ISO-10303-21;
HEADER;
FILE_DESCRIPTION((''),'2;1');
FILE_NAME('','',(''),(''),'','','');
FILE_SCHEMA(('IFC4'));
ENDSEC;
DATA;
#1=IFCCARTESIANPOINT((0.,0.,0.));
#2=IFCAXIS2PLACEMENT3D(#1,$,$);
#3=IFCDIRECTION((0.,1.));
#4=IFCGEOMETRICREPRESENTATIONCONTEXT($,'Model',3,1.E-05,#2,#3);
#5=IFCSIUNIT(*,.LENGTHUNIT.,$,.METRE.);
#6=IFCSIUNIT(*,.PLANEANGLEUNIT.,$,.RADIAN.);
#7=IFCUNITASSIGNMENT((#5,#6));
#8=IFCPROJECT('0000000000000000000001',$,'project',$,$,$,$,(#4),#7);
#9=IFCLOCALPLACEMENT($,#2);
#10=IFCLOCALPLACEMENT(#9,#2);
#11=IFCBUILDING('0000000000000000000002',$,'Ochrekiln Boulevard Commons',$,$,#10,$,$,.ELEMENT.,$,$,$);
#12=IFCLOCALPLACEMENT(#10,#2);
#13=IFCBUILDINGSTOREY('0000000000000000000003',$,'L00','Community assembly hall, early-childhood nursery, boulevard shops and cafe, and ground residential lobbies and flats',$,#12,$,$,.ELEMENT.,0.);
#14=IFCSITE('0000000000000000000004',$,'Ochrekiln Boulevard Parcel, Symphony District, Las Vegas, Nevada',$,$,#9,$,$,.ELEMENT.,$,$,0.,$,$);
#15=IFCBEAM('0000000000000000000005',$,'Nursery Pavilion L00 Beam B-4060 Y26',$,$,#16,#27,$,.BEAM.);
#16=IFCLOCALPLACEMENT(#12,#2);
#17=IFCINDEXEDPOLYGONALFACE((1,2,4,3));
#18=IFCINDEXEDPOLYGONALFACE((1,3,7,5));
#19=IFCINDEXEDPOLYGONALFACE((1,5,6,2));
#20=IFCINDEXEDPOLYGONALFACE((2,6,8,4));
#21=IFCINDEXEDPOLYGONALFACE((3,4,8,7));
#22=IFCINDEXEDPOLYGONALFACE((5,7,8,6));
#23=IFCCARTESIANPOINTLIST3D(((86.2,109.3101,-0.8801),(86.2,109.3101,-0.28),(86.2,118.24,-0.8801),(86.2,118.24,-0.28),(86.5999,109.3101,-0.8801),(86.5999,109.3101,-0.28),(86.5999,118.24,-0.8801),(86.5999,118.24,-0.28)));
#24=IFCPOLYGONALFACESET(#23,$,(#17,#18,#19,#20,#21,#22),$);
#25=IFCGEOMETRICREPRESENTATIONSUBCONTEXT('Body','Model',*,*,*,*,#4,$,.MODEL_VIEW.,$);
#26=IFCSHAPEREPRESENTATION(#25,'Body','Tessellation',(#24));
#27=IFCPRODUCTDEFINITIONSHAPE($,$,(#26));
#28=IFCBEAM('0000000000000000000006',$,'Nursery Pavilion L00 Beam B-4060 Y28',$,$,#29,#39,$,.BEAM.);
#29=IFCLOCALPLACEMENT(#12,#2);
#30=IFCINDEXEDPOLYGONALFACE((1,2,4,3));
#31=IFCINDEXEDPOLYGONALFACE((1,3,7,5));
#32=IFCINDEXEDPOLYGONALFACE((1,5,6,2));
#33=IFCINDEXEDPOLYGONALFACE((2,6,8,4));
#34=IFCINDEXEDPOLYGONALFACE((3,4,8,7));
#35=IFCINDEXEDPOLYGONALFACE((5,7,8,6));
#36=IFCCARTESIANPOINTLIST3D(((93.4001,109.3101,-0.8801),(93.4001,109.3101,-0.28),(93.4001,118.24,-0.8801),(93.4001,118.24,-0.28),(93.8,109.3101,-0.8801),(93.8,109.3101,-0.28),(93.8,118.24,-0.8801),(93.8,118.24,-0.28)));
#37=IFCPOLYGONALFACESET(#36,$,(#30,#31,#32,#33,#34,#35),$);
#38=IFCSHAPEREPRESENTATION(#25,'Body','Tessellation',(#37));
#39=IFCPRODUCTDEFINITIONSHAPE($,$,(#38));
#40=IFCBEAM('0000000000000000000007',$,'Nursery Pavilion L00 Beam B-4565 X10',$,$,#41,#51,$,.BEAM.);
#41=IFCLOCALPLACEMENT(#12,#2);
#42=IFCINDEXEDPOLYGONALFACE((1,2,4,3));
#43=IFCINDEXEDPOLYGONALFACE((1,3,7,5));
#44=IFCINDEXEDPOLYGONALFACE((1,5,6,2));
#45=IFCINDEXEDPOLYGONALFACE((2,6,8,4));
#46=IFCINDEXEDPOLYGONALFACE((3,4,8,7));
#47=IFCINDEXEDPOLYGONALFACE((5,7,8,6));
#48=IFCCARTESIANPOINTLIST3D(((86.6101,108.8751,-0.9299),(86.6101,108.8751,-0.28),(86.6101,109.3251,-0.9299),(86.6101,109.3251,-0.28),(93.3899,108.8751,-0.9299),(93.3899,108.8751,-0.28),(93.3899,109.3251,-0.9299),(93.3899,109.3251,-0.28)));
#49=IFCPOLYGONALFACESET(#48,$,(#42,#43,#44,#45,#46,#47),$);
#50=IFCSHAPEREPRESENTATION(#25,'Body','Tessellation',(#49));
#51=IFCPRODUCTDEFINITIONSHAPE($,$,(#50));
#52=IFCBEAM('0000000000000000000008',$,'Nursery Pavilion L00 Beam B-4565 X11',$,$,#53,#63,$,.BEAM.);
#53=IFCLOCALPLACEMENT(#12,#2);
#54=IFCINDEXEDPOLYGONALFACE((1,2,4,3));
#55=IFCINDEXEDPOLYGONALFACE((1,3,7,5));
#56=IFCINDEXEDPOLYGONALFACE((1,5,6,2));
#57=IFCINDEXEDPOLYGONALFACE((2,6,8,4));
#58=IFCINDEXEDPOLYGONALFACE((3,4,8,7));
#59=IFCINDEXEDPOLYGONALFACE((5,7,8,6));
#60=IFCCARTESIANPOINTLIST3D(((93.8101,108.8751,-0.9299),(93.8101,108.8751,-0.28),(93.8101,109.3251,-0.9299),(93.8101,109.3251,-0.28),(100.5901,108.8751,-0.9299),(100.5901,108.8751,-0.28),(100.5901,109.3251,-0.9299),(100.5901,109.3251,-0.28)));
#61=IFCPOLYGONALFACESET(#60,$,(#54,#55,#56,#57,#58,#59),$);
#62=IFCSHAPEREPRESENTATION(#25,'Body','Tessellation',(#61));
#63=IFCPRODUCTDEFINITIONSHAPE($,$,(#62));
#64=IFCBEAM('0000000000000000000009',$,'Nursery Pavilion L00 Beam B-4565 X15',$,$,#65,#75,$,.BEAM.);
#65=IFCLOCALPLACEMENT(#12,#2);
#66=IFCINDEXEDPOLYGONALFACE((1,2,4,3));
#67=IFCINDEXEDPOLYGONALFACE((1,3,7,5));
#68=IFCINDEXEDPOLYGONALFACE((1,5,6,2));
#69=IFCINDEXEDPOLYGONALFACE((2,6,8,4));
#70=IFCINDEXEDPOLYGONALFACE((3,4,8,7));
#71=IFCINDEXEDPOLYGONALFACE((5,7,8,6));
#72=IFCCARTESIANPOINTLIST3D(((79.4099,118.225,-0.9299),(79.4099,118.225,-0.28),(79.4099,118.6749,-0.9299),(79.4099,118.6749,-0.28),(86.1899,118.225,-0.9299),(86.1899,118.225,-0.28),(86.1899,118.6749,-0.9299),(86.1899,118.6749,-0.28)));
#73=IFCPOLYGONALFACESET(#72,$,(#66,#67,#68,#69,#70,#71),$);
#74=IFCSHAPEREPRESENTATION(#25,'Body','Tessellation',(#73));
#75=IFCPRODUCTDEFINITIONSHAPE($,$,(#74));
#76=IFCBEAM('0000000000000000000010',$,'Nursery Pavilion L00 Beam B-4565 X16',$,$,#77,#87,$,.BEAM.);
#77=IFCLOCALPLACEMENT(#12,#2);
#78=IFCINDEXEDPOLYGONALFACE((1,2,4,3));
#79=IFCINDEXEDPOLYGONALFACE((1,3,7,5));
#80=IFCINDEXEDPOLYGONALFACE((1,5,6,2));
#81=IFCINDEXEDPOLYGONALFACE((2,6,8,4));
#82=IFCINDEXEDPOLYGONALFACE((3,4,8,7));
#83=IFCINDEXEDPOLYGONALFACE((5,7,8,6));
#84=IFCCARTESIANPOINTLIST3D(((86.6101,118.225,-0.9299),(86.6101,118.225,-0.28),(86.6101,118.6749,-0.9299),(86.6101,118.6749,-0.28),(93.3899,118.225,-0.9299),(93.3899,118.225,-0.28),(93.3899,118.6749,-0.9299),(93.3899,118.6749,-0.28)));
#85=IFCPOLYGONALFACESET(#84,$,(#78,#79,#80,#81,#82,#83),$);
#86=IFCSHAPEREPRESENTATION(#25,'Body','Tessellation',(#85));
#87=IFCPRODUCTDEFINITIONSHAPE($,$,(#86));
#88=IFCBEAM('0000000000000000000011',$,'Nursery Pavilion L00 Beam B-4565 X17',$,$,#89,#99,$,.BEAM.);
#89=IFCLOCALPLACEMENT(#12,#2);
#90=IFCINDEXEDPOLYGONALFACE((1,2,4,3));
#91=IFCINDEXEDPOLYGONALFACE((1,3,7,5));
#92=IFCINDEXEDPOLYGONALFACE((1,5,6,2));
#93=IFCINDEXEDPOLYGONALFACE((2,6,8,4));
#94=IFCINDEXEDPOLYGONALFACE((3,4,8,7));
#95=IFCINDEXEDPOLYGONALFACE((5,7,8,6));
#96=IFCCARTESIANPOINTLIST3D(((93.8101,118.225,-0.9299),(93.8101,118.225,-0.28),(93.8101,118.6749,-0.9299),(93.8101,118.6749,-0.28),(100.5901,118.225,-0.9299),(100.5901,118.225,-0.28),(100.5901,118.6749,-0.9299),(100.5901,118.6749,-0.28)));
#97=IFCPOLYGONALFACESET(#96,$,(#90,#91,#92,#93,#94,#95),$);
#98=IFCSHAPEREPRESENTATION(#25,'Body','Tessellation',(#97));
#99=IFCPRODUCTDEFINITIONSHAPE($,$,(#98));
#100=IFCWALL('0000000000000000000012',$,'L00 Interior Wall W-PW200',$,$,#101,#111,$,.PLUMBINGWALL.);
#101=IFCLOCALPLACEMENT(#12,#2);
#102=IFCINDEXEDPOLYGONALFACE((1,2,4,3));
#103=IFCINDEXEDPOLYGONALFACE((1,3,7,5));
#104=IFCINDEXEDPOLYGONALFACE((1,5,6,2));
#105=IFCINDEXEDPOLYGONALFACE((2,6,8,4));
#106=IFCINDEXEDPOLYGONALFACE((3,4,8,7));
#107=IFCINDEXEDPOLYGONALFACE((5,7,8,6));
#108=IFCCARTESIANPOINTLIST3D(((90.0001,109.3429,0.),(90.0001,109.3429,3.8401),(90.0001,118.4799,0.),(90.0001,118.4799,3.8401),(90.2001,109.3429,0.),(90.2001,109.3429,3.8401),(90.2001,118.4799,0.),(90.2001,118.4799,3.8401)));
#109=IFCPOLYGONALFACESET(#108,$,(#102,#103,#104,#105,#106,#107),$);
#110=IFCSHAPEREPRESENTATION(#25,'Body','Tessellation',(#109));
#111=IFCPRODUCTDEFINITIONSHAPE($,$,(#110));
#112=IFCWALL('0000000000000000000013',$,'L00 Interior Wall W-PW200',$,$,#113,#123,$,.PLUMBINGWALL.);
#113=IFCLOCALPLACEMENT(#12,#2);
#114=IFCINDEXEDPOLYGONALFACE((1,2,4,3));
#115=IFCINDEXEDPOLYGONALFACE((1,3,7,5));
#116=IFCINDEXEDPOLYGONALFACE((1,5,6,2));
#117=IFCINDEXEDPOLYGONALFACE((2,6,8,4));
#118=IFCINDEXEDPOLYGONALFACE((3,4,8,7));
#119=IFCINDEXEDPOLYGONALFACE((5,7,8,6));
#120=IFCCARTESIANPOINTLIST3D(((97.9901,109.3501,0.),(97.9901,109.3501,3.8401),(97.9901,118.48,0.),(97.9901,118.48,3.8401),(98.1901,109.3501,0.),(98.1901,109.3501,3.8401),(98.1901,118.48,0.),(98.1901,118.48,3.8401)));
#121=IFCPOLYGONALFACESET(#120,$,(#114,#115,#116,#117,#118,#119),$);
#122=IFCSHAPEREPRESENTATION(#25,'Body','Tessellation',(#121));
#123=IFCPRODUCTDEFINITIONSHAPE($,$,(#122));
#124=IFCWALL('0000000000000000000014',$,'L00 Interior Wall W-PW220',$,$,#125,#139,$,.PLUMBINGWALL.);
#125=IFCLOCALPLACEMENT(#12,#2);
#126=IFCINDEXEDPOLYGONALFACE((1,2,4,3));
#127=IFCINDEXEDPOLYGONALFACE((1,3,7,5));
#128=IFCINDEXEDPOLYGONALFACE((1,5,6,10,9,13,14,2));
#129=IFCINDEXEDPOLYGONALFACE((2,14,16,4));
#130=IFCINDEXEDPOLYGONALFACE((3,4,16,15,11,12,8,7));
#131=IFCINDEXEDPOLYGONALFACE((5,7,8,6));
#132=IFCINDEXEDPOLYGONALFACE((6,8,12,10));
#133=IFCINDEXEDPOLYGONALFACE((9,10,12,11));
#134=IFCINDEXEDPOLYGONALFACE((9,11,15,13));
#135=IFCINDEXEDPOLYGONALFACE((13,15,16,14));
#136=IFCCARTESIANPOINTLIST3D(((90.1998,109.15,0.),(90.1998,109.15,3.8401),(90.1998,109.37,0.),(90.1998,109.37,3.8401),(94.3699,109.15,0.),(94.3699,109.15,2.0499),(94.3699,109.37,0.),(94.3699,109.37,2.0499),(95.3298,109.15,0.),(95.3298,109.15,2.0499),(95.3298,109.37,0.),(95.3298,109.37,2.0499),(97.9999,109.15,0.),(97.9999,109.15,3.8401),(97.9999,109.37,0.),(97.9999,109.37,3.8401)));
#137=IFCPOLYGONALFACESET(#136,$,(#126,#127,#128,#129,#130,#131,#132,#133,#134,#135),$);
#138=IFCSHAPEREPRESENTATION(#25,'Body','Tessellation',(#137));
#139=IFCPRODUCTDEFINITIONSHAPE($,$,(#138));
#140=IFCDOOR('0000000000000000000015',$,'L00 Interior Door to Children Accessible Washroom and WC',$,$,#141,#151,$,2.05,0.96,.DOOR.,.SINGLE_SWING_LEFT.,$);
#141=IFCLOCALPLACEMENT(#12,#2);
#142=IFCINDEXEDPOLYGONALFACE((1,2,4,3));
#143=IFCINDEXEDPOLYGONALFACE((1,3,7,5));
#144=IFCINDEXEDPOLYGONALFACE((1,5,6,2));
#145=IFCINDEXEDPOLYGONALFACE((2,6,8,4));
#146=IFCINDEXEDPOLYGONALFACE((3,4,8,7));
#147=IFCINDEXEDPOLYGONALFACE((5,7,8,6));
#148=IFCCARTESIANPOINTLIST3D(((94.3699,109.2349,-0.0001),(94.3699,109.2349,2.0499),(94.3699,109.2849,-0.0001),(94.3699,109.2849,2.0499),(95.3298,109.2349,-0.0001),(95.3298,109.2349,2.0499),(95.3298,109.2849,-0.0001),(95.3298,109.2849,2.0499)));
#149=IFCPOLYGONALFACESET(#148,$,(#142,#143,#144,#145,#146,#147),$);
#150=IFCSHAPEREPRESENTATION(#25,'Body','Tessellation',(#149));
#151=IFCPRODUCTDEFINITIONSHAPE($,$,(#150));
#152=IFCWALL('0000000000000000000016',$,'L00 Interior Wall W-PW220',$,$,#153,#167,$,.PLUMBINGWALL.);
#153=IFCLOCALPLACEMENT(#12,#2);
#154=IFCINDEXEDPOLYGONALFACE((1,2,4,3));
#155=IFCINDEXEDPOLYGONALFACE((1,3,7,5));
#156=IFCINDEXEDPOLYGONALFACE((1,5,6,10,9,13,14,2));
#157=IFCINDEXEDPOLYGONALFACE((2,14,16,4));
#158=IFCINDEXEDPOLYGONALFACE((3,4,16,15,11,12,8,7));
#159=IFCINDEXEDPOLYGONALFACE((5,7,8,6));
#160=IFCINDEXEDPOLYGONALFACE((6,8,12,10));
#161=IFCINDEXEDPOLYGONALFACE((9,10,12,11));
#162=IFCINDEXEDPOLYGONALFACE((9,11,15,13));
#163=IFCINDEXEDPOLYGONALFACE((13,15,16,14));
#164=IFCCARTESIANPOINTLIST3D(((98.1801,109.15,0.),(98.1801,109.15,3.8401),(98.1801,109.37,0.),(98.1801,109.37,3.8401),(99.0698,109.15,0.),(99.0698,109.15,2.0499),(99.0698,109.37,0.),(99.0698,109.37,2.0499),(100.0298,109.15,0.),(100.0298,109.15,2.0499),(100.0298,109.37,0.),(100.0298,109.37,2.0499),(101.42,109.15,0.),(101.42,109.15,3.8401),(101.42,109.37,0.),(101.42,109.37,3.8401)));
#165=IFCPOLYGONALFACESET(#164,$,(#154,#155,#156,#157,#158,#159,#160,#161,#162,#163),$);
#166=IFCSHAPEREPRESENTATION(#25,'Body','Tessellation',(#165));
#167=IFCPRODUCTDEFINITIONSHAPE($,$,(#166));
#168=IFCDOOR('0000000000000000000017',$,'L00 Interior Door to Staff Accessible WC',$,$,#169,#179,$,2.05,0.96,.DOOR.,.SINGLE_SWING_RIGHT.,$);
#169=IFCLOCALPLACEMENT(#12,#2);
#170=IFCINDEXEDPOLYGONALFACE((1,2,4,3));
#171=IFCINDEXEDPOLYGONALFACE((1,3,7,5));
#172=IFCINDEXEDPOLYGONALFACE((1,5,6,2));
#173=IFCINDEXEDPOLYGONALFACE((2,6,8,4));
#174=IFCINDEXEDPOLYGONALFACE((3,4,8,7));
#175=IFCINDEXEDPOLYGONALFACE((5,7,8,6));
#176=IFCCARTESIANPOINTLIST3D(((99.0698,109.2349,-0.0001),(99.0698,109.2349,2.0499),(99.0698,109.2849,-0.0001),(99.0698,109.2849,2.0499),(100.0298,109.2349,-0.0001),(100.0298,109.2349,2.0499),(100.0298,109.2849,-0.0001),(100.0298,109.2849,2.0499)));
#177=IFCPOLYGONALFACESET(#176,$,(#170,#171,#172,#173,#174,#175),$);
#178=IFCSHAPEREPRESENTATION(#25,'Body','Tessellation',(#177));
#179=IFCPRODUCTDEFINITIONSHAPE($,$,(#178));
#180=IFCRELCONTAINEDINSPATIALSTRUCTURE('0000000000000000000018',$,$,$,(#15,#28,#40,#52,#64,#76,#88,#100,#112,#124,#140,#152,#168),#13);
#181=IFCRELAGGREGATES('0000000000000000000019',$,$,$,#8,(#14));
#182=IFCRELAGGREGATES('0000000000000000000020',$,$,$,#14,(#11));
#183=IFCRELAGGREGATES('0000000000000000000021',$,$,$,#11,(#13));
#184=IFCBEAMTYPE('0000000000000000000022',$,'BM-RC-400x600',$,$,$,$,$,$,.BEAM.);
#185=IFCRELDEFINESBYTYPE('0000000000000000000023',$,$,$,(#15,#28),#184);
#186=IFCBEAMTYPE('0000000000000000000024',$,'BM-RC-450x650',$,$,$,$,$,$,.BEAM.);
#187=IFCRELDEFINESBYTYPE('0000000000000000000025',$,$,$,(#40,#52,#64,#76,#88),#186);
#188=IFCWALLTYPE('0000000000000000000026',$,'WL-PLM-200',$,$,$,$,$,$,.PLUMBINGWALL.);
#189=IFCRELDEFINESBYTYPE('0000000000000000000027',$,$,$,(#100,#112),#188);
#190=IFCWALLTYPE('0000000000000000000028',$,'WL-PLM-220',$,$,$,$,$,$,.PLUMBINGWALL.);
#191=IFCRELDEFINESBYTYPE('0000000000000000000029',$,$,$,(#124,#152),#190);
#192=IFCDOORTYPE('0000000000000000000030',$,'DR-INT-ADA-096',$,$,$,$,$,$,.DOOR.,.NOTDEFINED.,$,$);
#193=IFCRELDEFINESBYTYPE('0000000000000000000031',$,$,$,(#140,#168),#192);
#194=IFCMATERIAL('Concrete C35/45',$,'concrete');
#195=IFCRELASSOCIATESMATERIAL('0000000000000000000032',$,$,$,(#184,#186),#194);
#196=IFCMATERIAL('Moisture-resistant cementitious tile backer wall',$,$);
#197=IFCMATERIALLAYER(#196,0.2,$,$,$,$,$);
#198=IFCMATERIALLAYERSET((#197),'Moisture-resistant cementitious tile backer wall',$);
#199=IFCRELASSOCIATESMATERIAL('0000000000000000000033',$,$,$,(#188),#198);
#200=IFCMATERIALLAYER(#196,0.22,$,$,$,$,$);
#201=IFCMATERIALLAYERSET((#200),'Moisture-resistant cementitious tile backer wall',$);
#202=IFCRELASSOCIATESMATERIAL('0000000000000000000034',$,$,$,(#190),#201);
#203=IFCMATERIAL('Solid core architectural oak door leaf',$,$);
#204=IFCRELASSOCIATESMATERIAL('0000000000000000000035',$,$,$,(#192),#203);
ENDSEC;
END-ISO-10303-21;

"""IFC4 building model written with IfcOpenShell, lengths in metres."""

from ifc_helpers import new_model, si_unit, direction, frame, frame_2d, origin, origin_2d, place, context, subcontext, project, spatial, rectangle, extrude, material, layer, layer_set, material_profile, profile_set, type_object, element, fill, save


model = new_model("IFC4")

# Units and contexts
model_context = context("Model", 3, precision=1e-05, world=origin(), true_north=direction((0.0, 1.0)))
body_context = subcontext(model_context, "Body", "Model", "MODEL_VIEW")
ifc_project = project(units=[si_unit("LENGTHUNIT", "METRE"), si_unit("PLANEANGLEUNIT", "RADIAN")], contexts=[model_context])

# Site, building, storey
site_placement = place(None, origin())
site = spatial("IfcSite", under=ifc_project, at=site_placement, Name="Ochrekiln Boulevard Parcel, Symphony District, Las Vegas, Nevada", CompositionType="ELEMENT", RefElevation=0.0)
building_placement = place(site_placement, origin())
building = spatial("IfcBuilding", under=site, at=building_placement, Name="Ochrekiln Boulevard Commons", CompositionType="ELEMENT")
storey_placement = place(building_placement, origin())
storey = spatial("IfcBuildingStorey", under=building, at=storey_placement, Name="L00", Description="Community assembly hall, early-childhood nursery, boulevard shops and cafe, and ground residential lobbies and flats", CompositionType="ELEMENT", Elevation=0.0)

# Beams
ifc_material_1 = material(Name="Concrete C35/45", Category="concrete")
ifc_material_profile_1 = material_profile(ifc_material_1, rectangle(XDim=0.3999, YDim=0.6001, at=origin_2d()), Name="RC-BM-400x600")
ifc_profile_set_1 = profile_set([ifc_material_profile_1], Name="Concrete C35/45")
beam_type_1 = type_object("IfcBeamType", Name="BM-RC-400x600", PredefinedType="BEAM", material=ifc_profile_set_1)
for number, where, z_axis, x_axis, name in (
    (1, (86.3999, 109.3101, -0.5801), (0.0, 1.0, 0.0), (-1.0, 0.0, 0.0), "Nursery Pavilion L00 Beam B-4060 Y26"),
    (2, (93.6001, 109.3101, -0.5801), (0.0, 1.0, 0.0), (-1.0, 0.0, 0.0), "Nursery Pavilion L00 Beam B-4060 Y28"),
):
    element("IfcBeam", number, at=place(storey_placement, frame(where, z_axis=z_axis, x_axis=x_axis)), inside=storey, type_object=beam_type_1, Name=name, PredefinedType="BEAM", context=body_context, shape_type="SweptSolid", body=[
        extrude(rectangle(XDim=0.3999, YDim=0.6001, at=origin_2d()), origin(), (0.0, 0.0, 1.0), 8.9299),
    ])
ifc_material_profile_2 = material_profile(ifc_material_1, rectangle(XDim=0.45, YDim=0.6499, at=origin_2d()), Name="RC-BM-450x650")
ifc_profile_set_2 = profile_set([ifc_material_profile_2], Name="Concrete C35/45")
beam_type_2 = type_object("IfcBeamType", Name="BM-RC-450x650", PredefinedType="BEAM", material=ifc_profile_set_2)
beam_1_placement = place(storey_placement, frame((86.6101, 109.1001, -0.605), z_axis=(1.0, 0.0, 0.0), x_axis=(0.0, 1.0, 0.0)))
element("IfcBeam", 3, at=beam_1_placement, inside=storey, type_object=beam_type_2, Name="Nursery Pavilion L00 Beam B-4565 X10", PredefinedType="BEAM", context=body_context, shape_type="SweptSolid", body=[
    extrude(rectangle(XDim=0.45, YDim=0.6499, at=origin_2d()), origin(), (0.0, 0.0, 1.0), 6.7798),
])
for number, where, z_axis, x_axis, name in (
    (4, (93.8101, 109.1001, -0.605), (1.0, 0.0, 0.0), (0.0, 1.0, 0.0), "Nursery Pavilion L00 Beam B-4565 X11"),
    (5, (79.4099, 118.45, -0.605), (1.0, 0.0, 0.0), (0.0, 1.0, 0.0), "Nursery Pavilion L00 Beam B-4565 X15"),
):
    element("IfcBeam", number, at=place(storey_placement, frame(where, z_axis=z_axis, x_axis=x_axis)), inside=storey, type_object=beam_type_2, Name=name, PredefinedType="BEAM", context=body_context, shape_type="SweptSolid", body=[
        extrude(rectangle(XDim=0.45, YDim=0.6499, at=origin_2d()), origin(), (0.0, 0.0, 1.0), 6.78),
    ])
beam_2_placement = place(storey_placement, frame((86.6101, 118.45, -0.605), z_axis=(1.0, 0.0, 0.0), x_axis=(0.0, 1.0, 0.0)))
element("IfcBeam", 6, at=beam_2_placement, inside=storey, type_object=beam_type_2, Name="Nursery Pavilion L00 Beam B-4565 X16", PredefinedType="BEAM", context=body_context, shape_type="SweptSolid", body=[
    extrude(rectangle(XDim=0.45, YDim=0.6499, at=origin_2d()), origin(), (0.0, 0.0, 1.0), 6.7798),
])
beam_3_placement = place(storey_placement, frame((93.8101, 118.45, -0.605), z_axis=(1.0, 0.0, 0.0), x_axis=(0.0, 1.0, 0.0)))
element("IfcBeam", 7, at=beam_3_placement, inside=storey, type_object=beam_type_2, Name="Nursery Pavilion L00 Beam B-4565 X17", PredefinedType="BEAM", context=body_context, shape_type="SweptSolid", body=[
    extrude(rectangle(XDim=0.45, YDim=0.6499, at=origin_2d()), origin(), (0.0, 0.0, 1.0), 6.78),
])

# Walls
ifc_material_2 = material(Name="Moisture-resistant cementitious tile backer wall")
ifc_layer_1 = layer(ifc_material_2, 0.2)
ifc_layer_set_1 = layer_set([ifc_layer_1], Name="Moisture-resistant cementitious tile backer wall")
wall_type_1 = type_object("IfcWallType", Name="WL-PLM-200", PredefinedType="PLUMBINGWALL", material=ifc_layer_set_1)
wall_1_placement = place(storey_placement, frame((90.1001, 109.343, 0.0), z_axis=(0.0, 0.0, 1.0), x_axis=(0.0, 1.0, 0.0)))
element("IfcWall", 8, at=wall_1_placement, inside=storey, type_object=wall_type_1, Name="L00 Interior Wall W-PW200", PredefinedType="PLUMBINGWALL", context=body_context, shape_type="SweptSolid", body=[
    extrude(rectangle(XDim=9.137, YDim=0.2, at=frame_2d((4.5684, 0.0))), origin(), (0.0, 0.0, 1.0), 3.8401),
])
wall_2_placement = place(storey_placement, frame((98.0901, 109.3501, 0.0), z_axis=(0.0, 0.0, 1.0), x_axis=(0.0, 1.0, 0.0)))
element("IfcWall", 9, at=wall_2_placement, inside=storey, type_object=wall_type_1, Name="L00 Interior Wall W-PW200", PredefinedType="PLUMBINGWALL", context=body_context, shape_type="SweptSolid", body=[
    extrude(rectangle(XDim=9.1299, YDim=0.2, at=frame_2d((4.5649, 0.0))), origin(), (0.0, 0.0, 1.0), 3.8401),
])

# Walls, openings, doors
ifc_layer_2 = layer(ifc_material_2, 0.22)
ifc_layer_set_2 = layer_set([ifc_layer_2], Name="Moisture-resistant cementitious tile backer wall")
wall_type_2 = type_object("IfcWallType", Name="WL-PLM-220", PredefinedType="PLUMBINGWALL", material=ifc_layer_set_2)
wall_3_placement = place(storey_placement, frame((90.2, 109.26, 0.0), z_axis=(0.0, 0.0, 1.0), x_axis=(1.0, 0.0, 0.0)))
wall_3 = element("IfcWall", 10, at=wall_3_placement, inside=storey, type_object=wall_type_2, Name="L00 Interior Wall W-PW220", PredefinedType="PLUMBINGWALL", context=body_context, shape_type="SweptSolid", body=[
    extrude(rectangle(XDim=7.8, YDim=0.22, at=frame_2d((3.8999, 0.0))), origin(), (0.0, 0.0, 1.0), 3.8401),
])
opening_1_placement = place(wall_3_placement, frame((4.1699, 0.0, 0.0)))
opening_1 = element("IfcOpeningElement", 11, at=opening_1_placement, cuts=wall_3, PredefinedType="OPENING", context=body_context, shape_type="SweptSolid", body=[
    extrude(rectangle(XDim=0.96, YDim=2.05, at=frame_2d((0.48, 1.0249))), frame((0.0, 0.1199, 0.0), z_axis=(0.0, -1.0, 0.0), x_axis=(1.0, 0.0, 0.0)), (0.0, 0.0, 1.0), 0.24),
])
ifc_material_3 = material(Name="Solid core architectural oak door leaf")
door_type_1 = type_object("IfcDoorType", Name="DR-INT-ADA-096", OperationType="NOTDEFINED", PredefinedType="DOOR", material=ifc_material_3)
door_1_placement = place(opening_1_placement, origin())
door_1 = element("IfcDoor", 12, at=door_1_placement, inside=storey, type_object=door_type_1, Name="L00 Interior Door to Children Accessible Washroom and WC", OperationType="SINGLE_SWING_LEFT", OverallHeight=2.05, OverallWidth=0.96, PredefinedType="DOOR", context=body_context, shape_type="SweptSolid", body=[
    extrude(rectangle(XDim=0.96, YDim=2.05, at=frame_2d((0.48, 1.0249))), frame((0.0, 0.0249, 0.0), z_axis=(0.0, -1.0, 0.0), x_axis=(1.0, 0.0, 0.0)), (0.0, 0.0, 1.0), 0.05),
])
fill(opening_1, door_1)
wall_4_placement = place(storey_placement, frame((98.1799, 109.26, 0.0), z_axis=(0.0, 0.0, 1.0), x_axis=(1.0, 0.0, 0.0)))
wall_4 = element("IfcWall", 13, at=wall_4_placement, inside=storey, type_object=wall_type_2, Name="L00 Interior Wall W-PW220", PredefinedType="PLUMBINGWALL", context=body_context, shape_type="SweptSolid", body=[
    extrude(rectangle(XDim=3.24, YDim=0.22, at=frame_2d((1.6201, 0.0))), origin(), (0.0, 0.0, 1.0), 3.8401),
])
opening_2_placement = place(wall_4_placement, frame((0.8899, 0.0, 0.0)))
opening_2 = element("IfcOpeningElement", 14, at=opening_2_placement, cuts=wall_4, PredefinedType="OPENING", context=body_context, shape_type="SweptSolid", body=[
    extrude(rectangle(XDim=0.96, YDim=2.05, at=frame_2d((0.48, 1.0249))), frame((0.0, 0.1199, 0.0), z_axis=(0.0, -1.0, 0.0), x_axis=(1.0, 0.0, 0.0)), (0.0, 0.0, 1.0), 0.24),
])
door_2_placement = place(opening_2_placement, origin())
door_2 = element("IfcDoor", 15, at=door_2_placement, inside=storey, type_object=door_type_1, Name="L00 Interior Door to Staff Accessible WC", OperationType="SINGLE_SWING_RIGHT", OverallHeight=2.05, OverallWidth=0.96, PredefinedType="DOOR", context=body_context, shape_type="SweptSolid", body=[
    extrude(rectangle(XDim=0.96, YDim=2.05, at=frame_2d((0.48, 1.0249))), frame((0.0, 0.0249, 0.0), z_axis=(0.0, -1.0, 0.0), x_axis=(1.0, 0.0, 0.0)), (0.0, 0.0, 1.0), 0.05),
])
fill(opening_2, door_2)

save(model, "model.ifc")
